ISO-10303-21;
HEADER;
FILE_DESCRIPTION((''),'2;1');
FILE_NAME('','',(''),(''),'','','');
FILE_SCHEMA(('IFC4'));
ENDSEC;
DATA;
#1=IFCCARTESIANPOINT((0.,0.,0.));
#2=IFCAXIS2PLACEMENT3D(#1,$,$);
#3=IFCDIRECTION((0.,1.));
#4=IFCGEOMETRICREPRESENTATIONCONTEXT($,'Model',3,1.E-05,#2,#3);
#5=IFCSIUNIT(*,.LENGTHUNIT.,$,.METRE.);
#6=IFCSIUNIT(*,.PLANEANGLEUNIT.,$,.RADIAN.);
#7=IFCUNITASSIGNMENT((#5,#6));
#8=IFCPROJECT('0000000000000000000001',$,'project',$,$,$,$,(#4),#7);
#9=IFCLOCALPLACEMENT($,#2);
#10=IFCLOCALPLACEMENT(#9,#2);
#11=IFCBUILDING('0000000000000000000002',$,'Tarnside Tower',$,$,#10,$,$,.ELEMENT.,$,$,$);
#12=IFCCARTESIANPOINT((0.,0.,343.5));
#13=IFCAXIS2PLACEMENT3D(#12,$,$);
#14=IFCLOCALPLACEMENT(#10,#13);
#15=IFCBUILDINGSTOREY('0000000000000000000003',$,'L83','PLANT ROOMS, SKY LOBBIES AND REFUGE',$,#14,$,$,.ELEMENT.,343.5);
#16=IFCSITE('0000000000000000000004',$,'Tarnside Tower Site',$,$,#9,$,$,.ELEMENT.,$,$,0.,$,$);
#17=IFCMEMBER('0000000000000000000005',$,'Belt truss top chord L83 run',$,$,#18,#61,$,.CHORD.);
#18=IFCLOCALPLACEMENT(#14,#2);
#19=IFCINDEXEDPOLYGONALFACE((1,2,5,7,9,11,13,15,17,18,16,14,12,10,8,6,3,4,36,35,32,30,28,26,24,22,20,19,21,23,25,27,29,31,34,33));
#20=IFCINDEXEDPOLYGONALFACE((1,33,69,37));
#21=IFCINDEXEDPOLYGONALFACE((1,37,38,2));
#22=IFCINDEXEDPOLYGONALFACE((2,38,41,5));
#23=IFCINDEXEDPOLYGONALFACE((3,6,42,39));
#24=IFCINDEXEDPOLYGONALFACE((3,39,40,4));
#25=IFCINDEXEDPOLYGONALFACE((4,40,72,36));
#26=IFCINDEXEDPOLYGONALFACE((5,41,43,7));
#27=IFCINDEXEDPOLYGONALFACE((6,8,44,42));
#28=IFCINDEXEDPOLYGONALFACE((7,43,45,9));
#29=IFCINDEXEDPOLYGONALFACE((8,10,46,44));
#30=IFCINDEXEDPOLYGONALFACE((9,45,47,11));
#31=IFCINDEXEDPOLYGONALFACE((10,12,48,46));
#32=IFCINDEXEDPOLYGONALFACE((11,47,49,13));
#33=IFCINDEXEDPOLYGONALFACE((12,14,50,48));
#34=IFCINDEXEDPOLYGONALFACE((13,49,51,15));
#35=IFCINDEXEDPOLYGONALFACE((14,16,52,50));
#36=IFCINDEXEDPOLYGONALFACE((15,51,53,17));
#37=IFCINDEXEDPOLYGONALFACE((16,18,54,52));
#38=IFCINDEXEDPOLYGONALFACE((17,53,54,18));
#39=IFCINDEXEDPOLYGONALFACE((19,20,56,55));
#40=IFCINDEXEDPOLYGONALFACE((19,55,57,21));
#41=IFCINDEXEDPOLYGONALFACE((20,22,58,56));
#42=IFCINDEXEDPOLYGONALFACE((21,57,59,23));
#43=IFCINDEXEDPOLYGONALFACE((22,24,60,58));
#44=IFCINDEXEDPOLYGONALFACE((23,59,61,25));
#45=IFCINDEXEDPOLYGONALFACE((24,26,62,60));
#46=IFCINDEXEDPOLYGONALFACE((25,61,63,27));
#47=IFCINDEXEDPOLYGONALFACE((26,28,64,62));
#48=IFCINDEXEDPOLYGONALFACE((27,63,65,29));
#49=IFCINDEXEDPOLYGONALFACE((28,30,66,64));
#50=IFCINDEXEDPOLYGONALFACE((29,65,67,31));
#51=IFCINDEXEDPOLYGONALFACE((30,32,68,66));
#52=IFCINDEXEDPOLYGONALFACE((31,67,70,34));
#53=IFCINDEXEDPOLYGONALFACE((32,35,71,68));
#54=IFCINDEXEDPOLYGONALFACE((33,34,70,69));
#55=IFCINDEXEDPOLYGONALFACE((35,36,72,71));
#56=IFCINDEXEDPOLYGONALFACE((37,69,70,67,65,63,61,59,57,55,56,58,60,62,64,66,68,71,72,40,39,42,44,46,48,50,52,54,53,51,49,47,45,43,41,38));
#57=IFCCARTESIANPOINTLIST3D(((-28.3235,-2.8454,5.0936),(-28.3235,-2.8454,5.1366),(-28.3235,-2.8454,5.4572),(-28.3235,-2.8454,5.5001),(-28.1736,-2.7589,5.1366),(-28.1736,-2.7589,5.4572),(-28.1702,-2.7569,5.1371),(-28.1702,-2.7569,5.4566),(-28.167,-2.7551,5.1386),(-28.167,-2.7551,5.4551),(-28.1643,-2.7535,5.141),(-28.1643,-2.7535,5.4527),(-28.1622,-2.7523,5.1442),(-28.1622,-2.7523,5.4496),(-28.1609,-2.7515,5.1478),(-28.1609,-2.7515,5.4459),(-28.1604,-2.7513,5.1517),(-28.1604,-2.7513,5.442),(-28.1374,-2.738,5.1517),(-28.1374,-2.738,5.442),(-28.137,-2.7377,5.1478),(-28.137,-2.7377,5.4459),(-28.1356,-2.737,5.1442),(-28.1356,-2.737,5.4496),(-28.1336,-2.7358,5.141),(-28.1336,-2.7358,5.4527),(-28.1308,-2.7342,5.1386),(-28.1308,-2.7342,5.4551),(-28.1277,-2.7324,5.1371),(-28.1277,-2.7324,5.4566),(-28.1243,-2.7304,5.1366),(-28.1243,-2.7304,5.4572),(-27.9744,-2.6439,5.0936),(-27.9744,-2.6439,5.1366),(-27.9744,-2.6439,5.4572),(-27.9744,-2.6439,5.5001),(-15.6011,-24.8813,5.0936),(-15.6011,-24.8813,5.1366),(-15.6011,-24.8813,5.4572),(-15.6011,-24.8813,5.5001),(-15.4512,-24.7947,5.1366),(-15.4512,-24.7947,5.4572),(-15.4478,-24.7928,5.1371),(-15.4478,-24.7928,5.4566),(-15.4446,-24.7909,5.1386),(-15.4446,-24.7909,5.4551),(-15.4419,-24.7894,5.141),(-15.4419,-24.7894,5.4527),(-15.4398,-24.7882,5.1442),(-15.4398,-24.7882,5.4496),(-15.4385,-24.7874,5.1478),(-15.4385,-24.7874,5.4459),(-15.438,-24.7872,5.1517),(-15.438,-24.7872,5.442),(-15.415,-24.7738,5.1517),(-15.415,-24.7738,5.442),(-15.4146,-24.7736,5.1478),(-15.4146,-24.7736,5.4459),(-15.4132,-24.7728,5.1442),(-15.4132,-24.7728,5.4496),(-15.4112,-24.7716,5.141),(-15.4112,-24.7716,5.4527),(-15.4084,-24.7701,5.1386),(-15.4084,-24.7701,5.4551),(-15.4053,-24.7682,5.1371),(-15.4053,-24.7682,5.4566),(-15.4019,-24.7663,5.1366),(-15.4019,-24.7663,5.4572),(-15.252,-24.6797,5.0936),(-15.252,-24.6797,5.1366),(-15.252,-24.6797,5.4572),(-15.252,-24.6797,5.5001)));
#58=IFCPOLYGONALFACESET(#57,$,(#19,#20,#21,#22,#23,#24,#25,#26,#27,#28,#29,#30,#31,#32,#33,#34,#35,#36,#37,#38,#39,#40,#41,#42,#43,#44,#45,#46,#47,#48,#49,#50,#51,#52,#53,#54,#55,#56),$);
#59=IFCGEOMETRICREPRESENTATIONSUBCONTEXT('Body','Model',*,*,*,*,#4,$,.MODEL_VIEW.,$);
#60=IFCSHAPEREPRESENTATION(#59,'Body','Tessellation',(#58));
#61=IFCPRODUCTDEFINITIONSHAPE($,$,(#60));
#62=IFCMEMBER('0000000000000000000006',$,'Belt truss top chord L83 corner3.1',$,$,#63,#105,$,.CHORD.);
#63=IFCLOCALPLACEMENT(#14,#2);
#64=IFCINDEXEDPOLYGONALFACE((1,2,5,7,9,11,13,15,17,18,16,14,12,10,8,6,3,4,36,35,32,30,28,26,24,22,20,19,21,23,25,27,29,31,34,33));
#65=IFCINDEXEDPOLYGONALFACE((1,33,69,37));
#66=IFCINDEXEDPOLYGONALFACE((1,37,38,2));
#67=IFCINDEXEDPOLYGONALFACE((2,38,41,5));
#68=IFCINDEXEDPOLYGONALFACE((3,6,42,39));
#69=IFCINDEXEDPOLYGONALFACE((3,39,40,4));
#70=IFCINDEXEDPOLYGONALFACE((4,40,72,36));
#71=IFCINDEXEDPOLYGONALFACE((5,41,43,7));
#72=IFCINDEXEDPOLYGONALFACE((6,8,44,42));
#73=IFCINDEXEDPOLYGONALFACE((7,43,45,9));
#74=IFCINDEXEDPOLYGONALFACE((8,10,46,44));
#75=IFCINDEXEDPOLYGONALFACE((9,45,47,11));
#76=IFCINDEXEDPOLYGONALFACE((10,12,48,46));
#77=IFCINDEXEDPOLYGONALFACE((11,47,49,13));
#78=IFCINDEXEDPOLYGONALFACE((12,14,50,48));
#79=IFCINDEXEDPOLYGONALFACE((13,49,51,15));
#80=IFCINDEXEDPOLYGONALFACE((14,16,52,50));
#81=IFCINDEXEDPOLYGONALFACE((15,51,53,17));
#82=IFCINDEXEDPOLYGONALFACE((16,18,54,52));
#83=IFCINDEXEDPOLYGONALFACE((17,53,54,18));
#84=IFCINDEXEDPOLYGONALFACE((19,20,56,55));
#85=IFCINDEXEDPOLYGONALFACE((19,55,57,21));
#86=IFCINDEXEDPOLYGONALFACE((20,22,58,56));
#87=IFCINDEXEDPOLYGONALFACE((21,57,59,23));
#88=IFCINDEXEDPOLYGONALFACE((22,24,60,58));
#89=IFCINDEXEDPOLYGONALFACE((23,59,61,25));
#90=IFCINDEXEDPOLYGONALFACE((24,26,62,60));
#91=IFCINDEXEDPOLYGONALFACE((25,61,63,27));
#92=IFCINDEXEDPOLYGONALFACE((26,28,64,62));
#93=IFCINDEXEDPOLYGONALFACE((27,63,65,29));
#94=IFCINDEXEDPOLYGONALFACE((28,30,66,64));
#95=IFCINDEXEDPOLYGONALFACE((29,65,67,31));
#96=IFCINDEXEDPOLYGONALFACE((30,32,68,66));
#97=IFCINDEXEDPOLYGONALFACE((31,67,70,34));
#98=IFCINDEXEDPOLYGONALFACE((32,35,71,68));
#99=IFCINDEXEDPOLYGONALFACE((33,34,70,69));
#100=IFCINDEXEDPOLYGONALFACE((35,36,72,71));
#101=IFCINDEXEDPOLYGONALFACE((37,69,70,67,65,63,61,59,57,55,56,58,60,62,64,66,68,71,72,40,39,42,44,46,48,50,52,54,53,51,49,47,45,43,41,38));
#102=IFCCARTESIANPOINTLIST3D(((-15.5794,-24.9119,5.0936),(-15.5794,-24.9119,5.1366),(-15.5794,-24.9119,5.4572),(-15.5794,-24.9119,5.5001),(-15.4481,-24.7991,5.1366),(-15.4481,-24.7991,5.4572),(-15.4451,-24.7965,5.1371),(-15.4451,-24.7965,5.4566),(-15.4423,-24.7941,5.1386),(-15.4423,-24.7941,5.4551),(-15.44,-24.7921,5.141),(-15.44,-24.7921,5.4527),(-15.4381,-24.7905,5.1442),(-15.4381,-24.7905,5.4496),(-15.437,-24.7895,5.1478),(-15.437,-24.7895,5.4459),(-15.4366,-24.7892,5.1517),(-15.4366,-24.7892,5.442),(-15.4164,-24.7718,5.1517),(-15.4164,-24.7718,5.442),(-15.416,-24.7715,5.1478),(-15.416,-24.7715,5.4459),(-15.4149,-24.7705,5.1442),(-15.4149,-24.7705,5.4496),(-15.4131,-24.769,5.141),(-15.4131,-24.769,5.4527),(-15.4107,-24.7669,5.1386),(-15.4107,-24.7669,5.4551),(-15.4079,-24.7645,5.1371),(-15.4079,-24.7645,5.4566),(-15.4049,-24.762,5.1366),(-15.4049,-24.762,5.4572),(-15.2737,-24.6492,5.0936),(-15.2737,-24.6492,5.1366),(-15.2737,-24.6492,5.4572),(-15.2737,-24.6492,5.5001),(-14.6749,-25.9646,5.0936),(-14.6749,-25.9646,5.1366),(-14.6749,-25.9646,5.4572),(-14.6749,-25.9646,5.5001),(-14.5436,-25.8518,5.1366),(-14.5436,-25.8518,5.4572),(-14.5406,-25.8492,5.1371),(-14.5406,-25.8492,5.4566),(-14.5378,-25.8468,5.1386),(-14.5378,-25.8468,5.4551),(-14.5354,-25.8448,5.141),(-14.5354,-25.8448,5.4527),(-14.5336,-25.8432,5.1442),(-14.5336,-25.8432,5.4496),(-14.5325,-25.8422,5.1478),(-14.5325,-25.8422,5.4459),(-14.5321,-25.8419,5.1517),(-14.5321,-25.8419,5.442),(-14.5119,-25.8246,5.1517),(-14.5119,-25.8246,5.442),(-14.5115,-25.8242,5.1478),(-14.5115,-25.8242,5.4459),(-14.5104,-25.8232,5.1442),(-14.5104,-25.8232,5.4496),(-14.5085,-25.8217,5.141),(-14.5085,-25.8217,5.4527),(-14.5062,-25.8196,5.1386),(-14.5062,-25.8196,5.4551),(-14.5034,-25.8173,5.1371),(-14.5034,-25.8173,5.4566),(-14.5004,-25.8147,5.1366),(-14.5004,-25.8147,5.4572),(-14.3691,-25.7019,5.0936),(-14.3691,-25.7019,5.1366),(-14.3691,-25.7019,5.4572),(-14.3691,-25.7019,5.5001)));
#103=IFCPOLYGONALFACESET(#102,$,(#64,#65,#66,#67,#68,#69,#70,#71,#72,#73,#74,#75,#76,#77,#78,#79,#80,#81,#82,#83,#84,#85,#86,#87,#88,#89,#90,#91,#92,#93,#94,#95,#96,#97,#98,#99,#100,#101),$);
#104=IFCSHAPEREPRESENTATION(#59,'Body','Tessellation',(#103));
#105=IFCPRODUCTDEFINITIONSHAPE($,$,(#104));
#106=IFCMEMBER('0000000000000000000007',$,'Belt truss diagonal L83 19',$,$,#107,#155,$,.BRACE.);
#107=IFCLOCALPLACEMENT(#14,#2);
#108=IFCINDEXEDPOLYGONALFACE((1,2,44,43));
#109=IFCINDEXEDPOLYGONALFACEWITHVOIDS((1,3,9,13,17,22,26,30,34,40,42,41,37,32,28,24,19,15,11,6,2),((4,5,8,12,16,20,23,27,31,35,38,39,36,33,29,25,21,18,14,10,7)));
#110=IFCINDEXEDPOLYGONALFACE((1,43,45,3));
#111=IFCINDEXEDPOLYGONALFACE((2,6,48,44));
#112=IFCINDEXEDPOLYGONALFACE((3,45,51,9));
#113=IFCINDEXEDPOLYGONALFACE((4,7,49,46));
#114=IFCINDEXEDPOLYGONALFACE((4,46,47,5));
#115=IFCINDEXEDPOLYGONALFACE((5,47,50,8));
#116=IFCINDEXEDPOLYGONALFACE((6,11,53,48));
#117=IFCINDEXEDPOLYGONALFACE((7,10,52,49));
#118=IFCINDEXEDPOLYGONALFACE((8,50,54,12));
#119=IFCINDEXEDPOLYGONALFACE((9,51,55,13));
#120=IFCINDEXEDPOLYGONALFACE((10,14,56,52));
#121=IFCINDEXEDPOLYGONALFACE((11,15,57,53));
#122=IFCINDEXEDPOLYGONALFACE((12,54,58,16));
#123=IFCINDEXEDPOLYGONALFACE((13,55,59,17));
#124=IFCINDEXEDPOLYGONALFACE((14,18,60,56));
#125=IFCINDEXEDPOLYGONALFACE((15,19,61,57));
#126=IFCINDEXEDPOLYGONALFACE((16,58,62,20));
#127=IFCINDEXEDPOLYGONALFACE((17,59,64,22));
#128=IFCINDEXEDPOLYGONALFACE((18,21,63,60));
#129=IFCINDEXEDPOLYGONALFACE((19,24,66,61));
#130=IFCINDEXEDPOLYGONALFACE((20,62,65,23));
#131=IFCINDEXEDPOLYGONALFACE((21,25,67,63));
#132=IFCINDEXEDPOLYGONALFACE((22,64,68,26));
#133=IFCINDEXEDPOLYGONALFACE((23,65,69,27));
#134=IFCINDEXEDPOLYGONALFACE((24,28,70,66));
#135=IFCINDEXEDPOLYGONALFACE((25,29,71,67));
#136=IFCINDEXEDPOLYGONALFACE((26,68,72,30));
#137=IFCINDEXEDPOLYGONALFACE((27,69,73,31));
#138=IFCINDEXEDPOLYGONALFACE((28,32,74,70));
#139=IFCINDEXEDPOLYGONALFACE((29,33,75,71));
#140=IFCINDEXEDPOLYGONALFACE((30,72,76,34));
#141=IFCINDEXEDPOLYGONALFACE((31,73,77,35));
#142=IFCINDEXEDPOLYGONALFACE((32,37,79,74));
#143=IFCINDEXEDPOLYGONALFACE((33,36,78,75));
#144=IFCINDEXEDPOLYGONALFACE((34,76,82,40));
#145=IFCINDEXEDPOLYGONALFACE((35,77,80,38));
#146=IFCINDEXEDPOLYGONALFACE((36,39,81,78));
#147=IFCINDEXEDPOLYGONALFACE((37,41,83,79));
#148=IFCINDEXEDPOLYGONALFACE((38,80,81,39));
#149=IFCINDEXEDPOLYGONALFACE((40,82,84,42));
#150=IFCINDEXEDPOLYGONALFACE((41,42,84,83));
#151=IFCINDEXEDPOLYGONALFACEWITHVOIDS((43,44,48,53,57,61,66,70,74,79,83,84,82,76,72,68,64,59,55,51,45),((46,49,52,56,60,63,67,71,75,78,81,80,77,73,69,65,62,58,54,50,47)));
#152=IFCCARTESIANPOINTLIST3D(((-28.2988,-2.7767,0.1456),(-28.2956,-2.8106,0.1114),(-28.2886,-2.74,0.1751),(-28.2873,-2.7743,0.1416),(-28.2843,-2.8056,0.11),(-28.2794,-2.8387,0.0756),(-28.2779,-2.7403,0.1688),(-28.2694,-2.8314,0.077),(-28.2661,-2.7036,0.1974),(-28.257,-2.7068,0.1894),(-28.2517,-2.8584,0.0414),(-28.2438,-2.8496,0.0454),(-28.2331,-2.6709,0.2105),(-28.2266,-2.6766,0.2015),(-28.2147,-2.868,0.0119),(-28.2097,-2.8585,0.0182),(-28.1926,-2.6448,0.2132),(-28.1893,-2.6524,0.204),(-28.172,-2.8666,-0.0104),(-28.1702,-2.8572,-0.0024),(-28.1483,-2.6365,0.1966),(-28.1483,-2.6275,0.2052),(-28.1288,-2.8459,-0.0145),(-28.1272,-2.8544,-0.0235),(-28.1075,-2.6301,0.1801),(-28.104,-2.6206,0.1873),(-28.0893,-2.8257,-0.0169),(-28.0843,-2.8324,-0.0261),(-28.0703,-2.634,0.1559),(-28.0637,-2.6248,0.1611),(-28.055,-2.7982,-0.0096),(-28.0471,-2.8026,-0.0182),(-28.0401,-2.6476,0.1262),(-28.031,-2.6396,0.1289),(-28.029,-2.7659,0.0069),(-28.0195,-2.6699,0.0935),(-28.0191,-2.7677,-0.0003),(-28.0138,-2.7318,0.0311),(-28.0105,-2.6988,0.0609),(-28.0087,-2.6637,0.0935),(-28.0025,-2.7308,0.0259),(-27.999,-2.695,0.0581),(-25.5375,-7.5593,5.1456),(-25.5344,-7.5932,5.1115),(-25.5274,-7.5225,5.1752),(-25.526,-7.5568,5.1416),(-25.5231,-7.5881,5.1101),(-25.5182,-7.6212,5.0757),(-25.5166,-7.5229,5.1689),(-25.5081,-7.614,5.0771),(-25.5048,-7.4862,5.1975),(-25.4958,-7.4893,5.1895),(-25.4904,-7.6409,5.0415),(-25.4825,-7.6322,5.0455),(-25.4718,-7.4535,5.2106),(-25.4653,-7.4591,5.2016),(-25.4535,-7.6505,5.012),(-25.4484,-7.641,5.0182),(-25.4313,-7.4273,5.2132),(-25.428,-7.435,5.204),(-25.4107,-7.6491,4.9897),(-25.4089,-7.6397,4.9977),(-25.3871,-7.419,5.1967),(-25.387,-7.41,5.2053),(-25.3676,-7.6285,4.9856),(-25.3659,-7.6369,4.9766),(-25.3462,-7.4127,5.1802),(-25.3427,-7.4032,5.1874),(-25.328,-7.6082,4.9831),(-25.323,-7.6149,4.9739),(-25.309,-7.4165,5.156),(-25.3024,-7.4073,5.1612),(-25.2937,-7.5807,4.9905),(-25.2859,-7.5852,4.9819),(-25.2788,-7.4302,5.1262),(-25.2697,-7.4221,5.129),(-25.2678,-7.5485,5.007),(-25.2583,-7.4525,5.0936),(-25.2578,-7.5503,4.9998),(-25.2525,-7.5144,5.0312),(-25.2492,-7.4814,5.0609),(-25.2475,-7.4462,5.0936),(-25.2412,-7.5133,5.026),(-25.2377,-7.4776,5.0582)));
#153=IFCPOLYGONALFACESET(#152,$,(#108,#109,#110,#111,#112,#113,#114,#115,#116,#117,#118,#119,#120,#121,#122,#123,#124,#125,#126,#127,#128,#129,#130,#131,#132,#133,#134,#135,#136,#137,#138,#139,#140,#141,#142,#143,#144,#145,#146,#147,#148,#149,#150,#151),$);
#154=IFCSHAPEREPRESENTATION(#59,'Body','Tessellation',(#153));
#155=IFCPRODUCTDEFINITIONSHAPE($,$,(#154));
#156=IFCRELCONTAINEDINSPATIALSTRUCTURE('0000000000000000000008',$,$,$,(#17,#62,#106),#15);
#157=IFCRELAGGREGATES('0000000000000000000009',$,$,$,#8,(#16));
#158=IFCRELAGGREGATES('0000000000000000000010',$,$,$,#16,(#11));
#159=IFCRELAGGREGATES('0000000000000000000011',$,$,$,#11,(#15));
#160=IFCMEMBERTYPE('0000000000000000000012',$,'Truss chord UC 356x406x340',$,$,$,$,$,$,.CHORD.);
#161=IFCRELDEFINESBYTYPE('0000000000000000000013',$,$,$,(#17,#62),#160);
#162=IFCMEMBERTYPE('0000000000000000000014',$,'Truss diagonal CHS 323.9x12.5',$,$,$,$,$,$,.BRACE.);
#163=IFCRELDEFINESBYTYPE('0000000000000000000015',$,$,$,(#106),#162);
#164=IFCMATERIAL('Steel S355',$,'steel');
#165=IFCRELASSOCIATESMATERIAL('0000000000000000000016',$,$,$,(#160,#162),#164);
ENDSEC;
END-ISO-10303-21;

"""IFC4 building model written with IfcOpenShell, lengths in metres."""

from ifc_helpers import new_model, si_unit, direction, frame, origin, origin_2d, place, context, subcontext, project, spatial, hollow_circle, i_section, extrude, material, material_profile, profile_set, type_object, element, save


model = new_model("IFC4")

# Units and contexts
model_context = context("Model", 3, precision=1e-05, world=origin(), true_north=direction((0.0, 1.0)))
body_context = subcontext(model_context, "Body", "Model", "MODEL_VIEW")
ifc_project = project(units=[si_unit("LENGTHUNIT", "METRE"), si_unit("PLANEANGLEUNIT", "RADIAN")], contexts=[model_context])

# Site, building, storey
site_placement = place(None, origin())
site = spatial("IfcSite", under=ifc_project, at=site_placement, Name="Tarnside Tower Site", CompositionType="ELEMENT", RefElevation=0.0)
building_placement = place(site_placement, origin())
building = spatial("IfcBuilding", under=site, at=building_placement, Name="Tarnside Tower", CompositionType="ELEMENT")
storey_placement = place(building_placement, frame((0.0, 0.0, 343.5)))
storey = spatial("IfcBuildingStorey", under=building, at=storey_placement, Name="L83", Description="PLANT ROOMS, SKY LOBBIES AND REFUGE", CompositionType="ELEMENT", Elevation=343.5)

# Shared definitions
ifc_material_1 = material(Name="Steel S355", Category="steel")

# Members
ifc_material_profile_1 = material_profile(ifc_material_1, i_section(OverallWidth=0.4031, OverallDepth=0.4065, WebThickness=0.0266, FlangeThickness=0.043, FilletRadius=0.0151, at=origin_2d()), Name="UC 356x406x340")
ifc_profile_set_1 = profile_set([ifc_material_profile_1], Name="Steel S355")
member_type_1 = type_object("IfcMemberType", Name="Truss chord UC 356x406x340", PredefinedType="CHORD", material=ifc_profile_set_1)
member_1_placement = place(storey_placement, frame((-28.1489, -2.7446, 5.2969), z_axis=(0.5, -0.866026, 0.0), x_axis=(0.866026, 0.5, 0.0)))
element("IfcMember", 1, at=member_1_placement, inside=storey, type_object=member_type_1, Name="Belt truss top chord L83 run", PredefinedType="CHORD", context=body_context, shape_type="SweptSolid", body=[
    extrude(i_section(OverallWidth=0.4031, OverallDepth=0.4065, WebThickness=0.0266, FlangeThickness=0.043, FilletRadius=0.0151, at=origin_2d()), origin(), (0.0, 0.0, 1.0), 25.4448),
])
member_2_placement = place(storey_placement, frame((-15.4265, -24.7805, 5.2969), z_axis=(0.651704, -0.758474, 0.0), x_axis=(0.758474, 0.651704, 0.0)))
element("IfcMember", 2, at=member_2_placement, inside=storey, type_object=member_type_1, Name="Belt truss top chord L83 corner3.1", PredefinedType="CHORD", context=body_context, shape_type="SweptSolid", body=[
    extrude(i_section(OverallWidth=0.4031, OverallDepth=0.4065, WebThickness=0.0266, FlangeThickness=0.043, FilletRadius=0.0151, at=origin_2d()), origin(), (0.0, 0.0, 1.0), 1.3879),
])
ifc_material_profile_2 = material_profile(ifc_material_1, hollow_circle(Radius=0.1619, WallThickness=0.0125, at=origin_2d()), Name="CHS 323.9x12.5")
ifc_profile_set_2 = profile_set([ifc_material_profile_2], Name="Steel S355")
member_type_2 = type_object("IfcMemberType", Name="Truss diagonal CHS 323.9x12.5", PredefinedType="BRACE", material=ifc_profile_set_2)
member_3_placement = place(storey_placement, frame((-28.1489, -2.7446, 0.0935), z_axis=(0.370655, -0.641978, 0.671178), x_axis=(0.86602, 0.500009, 0.0)))
element("IfcMember", 3, at=member_3_placement, inside=storey, type_object=member_type_2, Name="Belt truss diagonal L83 19", PredefinedType="BRACE", context=body_context, shape_type="SweptSolid", body=[
    extrude(hollow_circle(Radius=0.1619, WallThickness=0.0125, at=origin_2d()), origin(), (0.0, 0.0, 1.0), 7.4497),
])

save(model, "model.ifc")
